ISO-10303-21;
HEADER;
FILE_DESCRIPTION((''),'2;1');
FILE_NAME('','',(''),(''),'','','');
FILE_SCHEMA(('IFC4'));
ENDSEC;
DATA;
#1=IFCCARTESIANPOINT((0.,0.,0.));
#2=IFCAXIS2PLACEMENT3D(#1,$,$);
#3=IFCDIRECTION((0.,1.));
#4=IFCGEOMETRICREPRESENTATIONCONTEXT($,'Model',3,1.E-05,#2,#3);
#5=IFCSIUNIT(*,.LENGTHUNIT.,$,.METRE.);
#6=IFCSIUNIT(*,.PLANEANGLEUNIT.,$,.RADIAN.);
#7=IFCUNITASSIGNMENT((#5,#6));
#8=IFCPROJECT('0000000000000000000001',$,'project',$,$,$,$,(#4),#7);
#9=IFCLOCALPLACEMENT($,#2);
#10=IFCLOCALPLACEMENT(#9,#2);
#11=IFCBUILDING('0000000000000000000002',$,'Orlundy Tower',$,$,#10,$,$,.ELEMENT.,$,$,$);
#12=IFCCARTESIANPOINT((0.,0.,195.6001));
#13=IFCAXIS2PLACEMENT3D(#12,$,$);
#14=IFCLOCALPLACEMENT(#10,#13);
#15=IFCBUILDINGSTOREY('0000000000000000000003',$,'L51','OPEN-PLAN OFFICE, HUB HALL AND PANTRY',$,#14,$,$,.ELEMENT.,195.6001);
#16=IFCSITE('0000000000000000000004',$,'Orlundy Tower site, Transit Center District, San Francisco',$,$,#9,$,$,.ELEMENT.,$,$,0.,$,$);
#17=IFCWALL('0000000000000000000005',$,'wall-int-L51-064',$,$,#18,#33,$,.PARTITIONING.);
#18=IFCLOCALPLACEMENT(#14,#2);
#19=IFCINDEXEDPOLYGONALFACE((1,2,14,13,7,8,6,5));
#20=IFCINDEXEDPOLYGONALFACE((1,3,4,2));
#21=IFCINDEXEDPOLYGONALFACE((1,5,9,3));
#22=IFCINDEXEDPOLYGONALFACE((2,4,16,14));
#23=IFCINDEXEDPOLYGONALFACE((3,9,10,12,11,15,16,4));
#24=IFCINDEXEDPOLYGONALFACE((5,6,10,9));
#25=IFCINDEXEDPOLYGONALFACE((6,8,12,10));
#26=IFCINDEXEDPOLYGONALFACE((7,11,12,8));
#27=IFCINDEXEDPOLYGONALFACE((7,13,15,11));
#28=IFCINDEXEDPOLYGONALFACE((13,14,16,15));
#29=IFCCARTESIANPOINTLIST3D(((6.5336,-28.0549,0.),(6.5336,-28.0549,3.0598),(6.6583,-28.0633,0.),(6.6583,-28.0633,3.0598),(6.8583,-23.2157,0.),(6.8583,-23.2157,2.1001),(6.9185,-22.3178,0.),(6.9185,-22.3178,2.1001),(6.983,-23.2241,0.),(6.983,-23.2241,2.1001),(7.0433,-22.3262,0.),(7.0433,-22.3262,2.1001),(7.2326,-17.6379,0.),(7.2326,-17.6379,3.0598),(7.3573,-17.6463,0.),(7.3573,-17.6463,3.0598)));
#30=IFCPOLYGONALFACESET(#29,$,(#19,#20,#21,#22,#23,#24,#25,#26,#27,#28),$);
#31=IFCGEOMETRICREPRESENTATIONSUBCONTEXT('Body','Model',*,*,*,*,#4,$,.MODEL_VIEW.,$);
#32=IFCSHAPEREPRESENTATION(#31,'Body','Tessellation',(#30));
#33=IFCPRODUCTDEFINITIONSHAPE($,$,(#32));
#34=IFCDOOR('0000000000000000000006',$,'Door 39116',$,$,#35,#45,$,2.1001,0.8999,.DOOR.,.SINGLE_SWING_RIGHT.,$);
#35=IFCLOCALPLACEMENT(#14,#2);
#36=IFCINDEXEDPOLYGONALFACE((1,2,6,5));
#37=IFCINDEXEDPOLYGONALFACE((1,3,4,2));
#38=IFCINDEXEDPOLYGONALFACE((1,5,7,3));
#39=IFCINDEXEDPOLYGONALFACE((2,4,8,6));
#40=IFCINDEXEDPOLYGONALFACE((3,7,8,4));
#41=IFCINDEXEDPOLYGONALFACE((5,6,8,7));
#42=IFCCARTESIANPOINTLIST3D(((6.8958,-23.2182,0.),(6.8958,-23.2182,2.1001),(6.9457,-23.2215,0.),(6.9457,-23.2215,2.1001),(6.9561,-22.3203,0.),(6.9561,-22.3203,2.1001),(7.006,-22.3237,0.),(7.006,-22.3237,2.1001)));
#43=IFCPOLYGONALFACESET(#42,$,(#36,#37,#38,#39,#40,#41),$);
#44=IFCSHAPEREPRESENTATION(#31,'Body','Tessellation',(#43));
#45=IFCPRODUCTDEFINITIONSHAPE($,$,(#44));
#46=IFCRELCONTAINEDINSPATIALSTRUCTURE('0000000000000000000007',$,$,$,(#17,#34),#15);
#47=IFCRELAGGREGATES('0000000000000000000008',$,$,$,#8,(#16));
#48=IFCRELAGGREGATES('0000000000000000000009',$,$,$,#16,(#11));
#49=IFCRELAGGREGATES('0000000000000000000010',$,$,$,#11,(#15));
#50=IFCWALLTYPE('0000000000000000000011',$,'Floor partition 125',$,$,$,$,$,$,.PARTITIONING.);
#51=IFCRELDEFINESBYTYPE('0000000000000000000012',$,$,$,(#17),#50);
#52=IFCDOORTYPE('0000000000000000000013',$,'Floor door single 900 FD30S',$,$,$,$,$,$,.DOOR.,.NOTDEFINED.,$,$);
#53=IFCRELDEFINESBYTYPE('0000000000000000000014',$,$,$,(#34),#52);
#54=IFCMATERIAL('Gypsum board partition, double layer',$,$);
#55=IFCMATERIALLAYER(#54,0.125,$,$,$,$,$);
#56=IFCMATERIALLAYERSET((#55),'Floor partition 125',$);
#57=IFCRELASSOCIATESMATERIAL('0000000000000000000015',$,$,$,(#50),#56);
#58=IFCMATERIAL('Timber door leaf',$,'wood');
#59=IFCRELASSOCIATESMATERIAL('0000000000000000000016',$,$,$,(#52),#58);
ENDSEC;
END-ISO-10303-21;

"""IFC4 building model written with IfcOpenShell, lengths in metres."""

from ifc_helpers import new_model, si_unit, direction, frame, frame_2d, origin, place, context, subcontext, project, spatial, rectangle, extrude, material, layer, layer_set, type_object, element, fill, save


model = new_model("IFC4")

# Units and contexts
model_context = context("Model", 3, precision=1e-05, world=origin(), true_north=direction((0.0, 1.0)))
body_context = subcontext(model_context, "Body", "Model", "MODEL_VIEW")
ifc_project = project(units=[si_unit("LENGTHUNIT", "METRE"), si_unit("PLANEANGLEUNIT", "RADIAN")], contexts=[model_context])

# Site, building, storey
site_placement = place(None, origin())
site = spatial("IfcSite", under=ifc_project, at=site_placement, Name="Orlundy Tower site, Transit Center District, San Francisco", CompositionType="ELEMENT", RefElevation=0.0)
building_placement = place(site_placement, origin())
building = spatial("IfcBuilding", under=site, at=building_placement, Name="Orlundy Tower", CompositionType="ELEMENT")
storey_placement = place(building_placement, frame((0.0, 0.0, 195.6001)))
storey = spatial("IfcBuildingStorey", under=building, at=storey_placement, Name="L51", Description="OPEN-PLAN OFFICE, HUB HALL AND PANTRY", CompositionType="ELEMENT", Elevation=195.6001)

# Shared definitions
ifc_material_1 = material(Name="Gypsum board partition, double layer")
ifc_layer_1 = layer(ifc_material_1, 0.125)
ifc_layer_set_1 = layer_set([ifc_layer_1], Name="Floor partition 125")
wall_type_1 = type_object("IfcWallType", Name="Floor partition 125", PredefinedType="PARTITIONING", material=ifc_layer_set_1)

# Wall, opening, door
ifc_material_2 = material(Name="Timber door leaf", Category="wood")
door_type = type_object("IfcDoorType", Name="Floor door single 900 FD30S", OperationType="NOTDEFINED", PredefinedType="DOOR", material=ifc_material_2)
wall_1_placement = place(storey_placement, frame((6.5959, -28.0591, 0.0), z_axis=(0.0, 0.0, 1.0), x_axis=(0.066949, 0.997756, 0.0)))
wall_1 = element("IfcWall", 1, at=wall_1_placement, inside=storey, type_object=wall_type_1, Name="wall-int-L51-064", PredefinedType="PARTITIONING", context=body_context, shape_type="SweptSolid", body=[
    extrude(rectangle(XDim=10.4404, YDim=0.125, at=frame_2d((5.2202, 0.0))), origin(), (0.0, 0.0, 1.0), 3.0598),
])
opening_1_placement = place(wall_1_placement, frame((4.8501, 0.0, 0.0)))
opening_1 = element("IfcOpeningElement", 2, at=opening_1_placement, cuts=wall_1, PredefinedType="OPENING", context=body_context, shape_type="SweptSolid", body=[
    extrude(rectangle(XDim=0.8999, YDim=2.1001, at=frame_2d((0.45, 1.05))), frame((0.0, 0.0725, 0.0), z_axis=(0.0, -1.0, 0.0), x_axis=(1.0, 0.0, 0.0)), (0.0, 0.0, 1.0), 0.145),
])
door_1_placement = place(opening_1_placement, origin())
door_1 = element("IfcDoor", 3, at=door_1_placement, inside=storey, type_object=door_type, Name="Door 39116", OperationType="SINGLE_SWING_RIGHT", OverallHeight=2.1001, OverallWidth=0.8999, PredefinedType="DOOR", context=body_context, shape_type="SweptSolid", body=[
    extrude(rectangle(XDim=0.8999, YDim=2.1001, at=frame_2d((0.45, 1.05))), frame((0.0, 0.0249, 0.0), z_axis=(0.0, -1.0, 0.0), x_axis=(1.0, 0.0, 0.0)), (0.0, 0.0, 1.0), 0.05),
])
fill(opening_1, door_1)

save(model, "model.ifc")
